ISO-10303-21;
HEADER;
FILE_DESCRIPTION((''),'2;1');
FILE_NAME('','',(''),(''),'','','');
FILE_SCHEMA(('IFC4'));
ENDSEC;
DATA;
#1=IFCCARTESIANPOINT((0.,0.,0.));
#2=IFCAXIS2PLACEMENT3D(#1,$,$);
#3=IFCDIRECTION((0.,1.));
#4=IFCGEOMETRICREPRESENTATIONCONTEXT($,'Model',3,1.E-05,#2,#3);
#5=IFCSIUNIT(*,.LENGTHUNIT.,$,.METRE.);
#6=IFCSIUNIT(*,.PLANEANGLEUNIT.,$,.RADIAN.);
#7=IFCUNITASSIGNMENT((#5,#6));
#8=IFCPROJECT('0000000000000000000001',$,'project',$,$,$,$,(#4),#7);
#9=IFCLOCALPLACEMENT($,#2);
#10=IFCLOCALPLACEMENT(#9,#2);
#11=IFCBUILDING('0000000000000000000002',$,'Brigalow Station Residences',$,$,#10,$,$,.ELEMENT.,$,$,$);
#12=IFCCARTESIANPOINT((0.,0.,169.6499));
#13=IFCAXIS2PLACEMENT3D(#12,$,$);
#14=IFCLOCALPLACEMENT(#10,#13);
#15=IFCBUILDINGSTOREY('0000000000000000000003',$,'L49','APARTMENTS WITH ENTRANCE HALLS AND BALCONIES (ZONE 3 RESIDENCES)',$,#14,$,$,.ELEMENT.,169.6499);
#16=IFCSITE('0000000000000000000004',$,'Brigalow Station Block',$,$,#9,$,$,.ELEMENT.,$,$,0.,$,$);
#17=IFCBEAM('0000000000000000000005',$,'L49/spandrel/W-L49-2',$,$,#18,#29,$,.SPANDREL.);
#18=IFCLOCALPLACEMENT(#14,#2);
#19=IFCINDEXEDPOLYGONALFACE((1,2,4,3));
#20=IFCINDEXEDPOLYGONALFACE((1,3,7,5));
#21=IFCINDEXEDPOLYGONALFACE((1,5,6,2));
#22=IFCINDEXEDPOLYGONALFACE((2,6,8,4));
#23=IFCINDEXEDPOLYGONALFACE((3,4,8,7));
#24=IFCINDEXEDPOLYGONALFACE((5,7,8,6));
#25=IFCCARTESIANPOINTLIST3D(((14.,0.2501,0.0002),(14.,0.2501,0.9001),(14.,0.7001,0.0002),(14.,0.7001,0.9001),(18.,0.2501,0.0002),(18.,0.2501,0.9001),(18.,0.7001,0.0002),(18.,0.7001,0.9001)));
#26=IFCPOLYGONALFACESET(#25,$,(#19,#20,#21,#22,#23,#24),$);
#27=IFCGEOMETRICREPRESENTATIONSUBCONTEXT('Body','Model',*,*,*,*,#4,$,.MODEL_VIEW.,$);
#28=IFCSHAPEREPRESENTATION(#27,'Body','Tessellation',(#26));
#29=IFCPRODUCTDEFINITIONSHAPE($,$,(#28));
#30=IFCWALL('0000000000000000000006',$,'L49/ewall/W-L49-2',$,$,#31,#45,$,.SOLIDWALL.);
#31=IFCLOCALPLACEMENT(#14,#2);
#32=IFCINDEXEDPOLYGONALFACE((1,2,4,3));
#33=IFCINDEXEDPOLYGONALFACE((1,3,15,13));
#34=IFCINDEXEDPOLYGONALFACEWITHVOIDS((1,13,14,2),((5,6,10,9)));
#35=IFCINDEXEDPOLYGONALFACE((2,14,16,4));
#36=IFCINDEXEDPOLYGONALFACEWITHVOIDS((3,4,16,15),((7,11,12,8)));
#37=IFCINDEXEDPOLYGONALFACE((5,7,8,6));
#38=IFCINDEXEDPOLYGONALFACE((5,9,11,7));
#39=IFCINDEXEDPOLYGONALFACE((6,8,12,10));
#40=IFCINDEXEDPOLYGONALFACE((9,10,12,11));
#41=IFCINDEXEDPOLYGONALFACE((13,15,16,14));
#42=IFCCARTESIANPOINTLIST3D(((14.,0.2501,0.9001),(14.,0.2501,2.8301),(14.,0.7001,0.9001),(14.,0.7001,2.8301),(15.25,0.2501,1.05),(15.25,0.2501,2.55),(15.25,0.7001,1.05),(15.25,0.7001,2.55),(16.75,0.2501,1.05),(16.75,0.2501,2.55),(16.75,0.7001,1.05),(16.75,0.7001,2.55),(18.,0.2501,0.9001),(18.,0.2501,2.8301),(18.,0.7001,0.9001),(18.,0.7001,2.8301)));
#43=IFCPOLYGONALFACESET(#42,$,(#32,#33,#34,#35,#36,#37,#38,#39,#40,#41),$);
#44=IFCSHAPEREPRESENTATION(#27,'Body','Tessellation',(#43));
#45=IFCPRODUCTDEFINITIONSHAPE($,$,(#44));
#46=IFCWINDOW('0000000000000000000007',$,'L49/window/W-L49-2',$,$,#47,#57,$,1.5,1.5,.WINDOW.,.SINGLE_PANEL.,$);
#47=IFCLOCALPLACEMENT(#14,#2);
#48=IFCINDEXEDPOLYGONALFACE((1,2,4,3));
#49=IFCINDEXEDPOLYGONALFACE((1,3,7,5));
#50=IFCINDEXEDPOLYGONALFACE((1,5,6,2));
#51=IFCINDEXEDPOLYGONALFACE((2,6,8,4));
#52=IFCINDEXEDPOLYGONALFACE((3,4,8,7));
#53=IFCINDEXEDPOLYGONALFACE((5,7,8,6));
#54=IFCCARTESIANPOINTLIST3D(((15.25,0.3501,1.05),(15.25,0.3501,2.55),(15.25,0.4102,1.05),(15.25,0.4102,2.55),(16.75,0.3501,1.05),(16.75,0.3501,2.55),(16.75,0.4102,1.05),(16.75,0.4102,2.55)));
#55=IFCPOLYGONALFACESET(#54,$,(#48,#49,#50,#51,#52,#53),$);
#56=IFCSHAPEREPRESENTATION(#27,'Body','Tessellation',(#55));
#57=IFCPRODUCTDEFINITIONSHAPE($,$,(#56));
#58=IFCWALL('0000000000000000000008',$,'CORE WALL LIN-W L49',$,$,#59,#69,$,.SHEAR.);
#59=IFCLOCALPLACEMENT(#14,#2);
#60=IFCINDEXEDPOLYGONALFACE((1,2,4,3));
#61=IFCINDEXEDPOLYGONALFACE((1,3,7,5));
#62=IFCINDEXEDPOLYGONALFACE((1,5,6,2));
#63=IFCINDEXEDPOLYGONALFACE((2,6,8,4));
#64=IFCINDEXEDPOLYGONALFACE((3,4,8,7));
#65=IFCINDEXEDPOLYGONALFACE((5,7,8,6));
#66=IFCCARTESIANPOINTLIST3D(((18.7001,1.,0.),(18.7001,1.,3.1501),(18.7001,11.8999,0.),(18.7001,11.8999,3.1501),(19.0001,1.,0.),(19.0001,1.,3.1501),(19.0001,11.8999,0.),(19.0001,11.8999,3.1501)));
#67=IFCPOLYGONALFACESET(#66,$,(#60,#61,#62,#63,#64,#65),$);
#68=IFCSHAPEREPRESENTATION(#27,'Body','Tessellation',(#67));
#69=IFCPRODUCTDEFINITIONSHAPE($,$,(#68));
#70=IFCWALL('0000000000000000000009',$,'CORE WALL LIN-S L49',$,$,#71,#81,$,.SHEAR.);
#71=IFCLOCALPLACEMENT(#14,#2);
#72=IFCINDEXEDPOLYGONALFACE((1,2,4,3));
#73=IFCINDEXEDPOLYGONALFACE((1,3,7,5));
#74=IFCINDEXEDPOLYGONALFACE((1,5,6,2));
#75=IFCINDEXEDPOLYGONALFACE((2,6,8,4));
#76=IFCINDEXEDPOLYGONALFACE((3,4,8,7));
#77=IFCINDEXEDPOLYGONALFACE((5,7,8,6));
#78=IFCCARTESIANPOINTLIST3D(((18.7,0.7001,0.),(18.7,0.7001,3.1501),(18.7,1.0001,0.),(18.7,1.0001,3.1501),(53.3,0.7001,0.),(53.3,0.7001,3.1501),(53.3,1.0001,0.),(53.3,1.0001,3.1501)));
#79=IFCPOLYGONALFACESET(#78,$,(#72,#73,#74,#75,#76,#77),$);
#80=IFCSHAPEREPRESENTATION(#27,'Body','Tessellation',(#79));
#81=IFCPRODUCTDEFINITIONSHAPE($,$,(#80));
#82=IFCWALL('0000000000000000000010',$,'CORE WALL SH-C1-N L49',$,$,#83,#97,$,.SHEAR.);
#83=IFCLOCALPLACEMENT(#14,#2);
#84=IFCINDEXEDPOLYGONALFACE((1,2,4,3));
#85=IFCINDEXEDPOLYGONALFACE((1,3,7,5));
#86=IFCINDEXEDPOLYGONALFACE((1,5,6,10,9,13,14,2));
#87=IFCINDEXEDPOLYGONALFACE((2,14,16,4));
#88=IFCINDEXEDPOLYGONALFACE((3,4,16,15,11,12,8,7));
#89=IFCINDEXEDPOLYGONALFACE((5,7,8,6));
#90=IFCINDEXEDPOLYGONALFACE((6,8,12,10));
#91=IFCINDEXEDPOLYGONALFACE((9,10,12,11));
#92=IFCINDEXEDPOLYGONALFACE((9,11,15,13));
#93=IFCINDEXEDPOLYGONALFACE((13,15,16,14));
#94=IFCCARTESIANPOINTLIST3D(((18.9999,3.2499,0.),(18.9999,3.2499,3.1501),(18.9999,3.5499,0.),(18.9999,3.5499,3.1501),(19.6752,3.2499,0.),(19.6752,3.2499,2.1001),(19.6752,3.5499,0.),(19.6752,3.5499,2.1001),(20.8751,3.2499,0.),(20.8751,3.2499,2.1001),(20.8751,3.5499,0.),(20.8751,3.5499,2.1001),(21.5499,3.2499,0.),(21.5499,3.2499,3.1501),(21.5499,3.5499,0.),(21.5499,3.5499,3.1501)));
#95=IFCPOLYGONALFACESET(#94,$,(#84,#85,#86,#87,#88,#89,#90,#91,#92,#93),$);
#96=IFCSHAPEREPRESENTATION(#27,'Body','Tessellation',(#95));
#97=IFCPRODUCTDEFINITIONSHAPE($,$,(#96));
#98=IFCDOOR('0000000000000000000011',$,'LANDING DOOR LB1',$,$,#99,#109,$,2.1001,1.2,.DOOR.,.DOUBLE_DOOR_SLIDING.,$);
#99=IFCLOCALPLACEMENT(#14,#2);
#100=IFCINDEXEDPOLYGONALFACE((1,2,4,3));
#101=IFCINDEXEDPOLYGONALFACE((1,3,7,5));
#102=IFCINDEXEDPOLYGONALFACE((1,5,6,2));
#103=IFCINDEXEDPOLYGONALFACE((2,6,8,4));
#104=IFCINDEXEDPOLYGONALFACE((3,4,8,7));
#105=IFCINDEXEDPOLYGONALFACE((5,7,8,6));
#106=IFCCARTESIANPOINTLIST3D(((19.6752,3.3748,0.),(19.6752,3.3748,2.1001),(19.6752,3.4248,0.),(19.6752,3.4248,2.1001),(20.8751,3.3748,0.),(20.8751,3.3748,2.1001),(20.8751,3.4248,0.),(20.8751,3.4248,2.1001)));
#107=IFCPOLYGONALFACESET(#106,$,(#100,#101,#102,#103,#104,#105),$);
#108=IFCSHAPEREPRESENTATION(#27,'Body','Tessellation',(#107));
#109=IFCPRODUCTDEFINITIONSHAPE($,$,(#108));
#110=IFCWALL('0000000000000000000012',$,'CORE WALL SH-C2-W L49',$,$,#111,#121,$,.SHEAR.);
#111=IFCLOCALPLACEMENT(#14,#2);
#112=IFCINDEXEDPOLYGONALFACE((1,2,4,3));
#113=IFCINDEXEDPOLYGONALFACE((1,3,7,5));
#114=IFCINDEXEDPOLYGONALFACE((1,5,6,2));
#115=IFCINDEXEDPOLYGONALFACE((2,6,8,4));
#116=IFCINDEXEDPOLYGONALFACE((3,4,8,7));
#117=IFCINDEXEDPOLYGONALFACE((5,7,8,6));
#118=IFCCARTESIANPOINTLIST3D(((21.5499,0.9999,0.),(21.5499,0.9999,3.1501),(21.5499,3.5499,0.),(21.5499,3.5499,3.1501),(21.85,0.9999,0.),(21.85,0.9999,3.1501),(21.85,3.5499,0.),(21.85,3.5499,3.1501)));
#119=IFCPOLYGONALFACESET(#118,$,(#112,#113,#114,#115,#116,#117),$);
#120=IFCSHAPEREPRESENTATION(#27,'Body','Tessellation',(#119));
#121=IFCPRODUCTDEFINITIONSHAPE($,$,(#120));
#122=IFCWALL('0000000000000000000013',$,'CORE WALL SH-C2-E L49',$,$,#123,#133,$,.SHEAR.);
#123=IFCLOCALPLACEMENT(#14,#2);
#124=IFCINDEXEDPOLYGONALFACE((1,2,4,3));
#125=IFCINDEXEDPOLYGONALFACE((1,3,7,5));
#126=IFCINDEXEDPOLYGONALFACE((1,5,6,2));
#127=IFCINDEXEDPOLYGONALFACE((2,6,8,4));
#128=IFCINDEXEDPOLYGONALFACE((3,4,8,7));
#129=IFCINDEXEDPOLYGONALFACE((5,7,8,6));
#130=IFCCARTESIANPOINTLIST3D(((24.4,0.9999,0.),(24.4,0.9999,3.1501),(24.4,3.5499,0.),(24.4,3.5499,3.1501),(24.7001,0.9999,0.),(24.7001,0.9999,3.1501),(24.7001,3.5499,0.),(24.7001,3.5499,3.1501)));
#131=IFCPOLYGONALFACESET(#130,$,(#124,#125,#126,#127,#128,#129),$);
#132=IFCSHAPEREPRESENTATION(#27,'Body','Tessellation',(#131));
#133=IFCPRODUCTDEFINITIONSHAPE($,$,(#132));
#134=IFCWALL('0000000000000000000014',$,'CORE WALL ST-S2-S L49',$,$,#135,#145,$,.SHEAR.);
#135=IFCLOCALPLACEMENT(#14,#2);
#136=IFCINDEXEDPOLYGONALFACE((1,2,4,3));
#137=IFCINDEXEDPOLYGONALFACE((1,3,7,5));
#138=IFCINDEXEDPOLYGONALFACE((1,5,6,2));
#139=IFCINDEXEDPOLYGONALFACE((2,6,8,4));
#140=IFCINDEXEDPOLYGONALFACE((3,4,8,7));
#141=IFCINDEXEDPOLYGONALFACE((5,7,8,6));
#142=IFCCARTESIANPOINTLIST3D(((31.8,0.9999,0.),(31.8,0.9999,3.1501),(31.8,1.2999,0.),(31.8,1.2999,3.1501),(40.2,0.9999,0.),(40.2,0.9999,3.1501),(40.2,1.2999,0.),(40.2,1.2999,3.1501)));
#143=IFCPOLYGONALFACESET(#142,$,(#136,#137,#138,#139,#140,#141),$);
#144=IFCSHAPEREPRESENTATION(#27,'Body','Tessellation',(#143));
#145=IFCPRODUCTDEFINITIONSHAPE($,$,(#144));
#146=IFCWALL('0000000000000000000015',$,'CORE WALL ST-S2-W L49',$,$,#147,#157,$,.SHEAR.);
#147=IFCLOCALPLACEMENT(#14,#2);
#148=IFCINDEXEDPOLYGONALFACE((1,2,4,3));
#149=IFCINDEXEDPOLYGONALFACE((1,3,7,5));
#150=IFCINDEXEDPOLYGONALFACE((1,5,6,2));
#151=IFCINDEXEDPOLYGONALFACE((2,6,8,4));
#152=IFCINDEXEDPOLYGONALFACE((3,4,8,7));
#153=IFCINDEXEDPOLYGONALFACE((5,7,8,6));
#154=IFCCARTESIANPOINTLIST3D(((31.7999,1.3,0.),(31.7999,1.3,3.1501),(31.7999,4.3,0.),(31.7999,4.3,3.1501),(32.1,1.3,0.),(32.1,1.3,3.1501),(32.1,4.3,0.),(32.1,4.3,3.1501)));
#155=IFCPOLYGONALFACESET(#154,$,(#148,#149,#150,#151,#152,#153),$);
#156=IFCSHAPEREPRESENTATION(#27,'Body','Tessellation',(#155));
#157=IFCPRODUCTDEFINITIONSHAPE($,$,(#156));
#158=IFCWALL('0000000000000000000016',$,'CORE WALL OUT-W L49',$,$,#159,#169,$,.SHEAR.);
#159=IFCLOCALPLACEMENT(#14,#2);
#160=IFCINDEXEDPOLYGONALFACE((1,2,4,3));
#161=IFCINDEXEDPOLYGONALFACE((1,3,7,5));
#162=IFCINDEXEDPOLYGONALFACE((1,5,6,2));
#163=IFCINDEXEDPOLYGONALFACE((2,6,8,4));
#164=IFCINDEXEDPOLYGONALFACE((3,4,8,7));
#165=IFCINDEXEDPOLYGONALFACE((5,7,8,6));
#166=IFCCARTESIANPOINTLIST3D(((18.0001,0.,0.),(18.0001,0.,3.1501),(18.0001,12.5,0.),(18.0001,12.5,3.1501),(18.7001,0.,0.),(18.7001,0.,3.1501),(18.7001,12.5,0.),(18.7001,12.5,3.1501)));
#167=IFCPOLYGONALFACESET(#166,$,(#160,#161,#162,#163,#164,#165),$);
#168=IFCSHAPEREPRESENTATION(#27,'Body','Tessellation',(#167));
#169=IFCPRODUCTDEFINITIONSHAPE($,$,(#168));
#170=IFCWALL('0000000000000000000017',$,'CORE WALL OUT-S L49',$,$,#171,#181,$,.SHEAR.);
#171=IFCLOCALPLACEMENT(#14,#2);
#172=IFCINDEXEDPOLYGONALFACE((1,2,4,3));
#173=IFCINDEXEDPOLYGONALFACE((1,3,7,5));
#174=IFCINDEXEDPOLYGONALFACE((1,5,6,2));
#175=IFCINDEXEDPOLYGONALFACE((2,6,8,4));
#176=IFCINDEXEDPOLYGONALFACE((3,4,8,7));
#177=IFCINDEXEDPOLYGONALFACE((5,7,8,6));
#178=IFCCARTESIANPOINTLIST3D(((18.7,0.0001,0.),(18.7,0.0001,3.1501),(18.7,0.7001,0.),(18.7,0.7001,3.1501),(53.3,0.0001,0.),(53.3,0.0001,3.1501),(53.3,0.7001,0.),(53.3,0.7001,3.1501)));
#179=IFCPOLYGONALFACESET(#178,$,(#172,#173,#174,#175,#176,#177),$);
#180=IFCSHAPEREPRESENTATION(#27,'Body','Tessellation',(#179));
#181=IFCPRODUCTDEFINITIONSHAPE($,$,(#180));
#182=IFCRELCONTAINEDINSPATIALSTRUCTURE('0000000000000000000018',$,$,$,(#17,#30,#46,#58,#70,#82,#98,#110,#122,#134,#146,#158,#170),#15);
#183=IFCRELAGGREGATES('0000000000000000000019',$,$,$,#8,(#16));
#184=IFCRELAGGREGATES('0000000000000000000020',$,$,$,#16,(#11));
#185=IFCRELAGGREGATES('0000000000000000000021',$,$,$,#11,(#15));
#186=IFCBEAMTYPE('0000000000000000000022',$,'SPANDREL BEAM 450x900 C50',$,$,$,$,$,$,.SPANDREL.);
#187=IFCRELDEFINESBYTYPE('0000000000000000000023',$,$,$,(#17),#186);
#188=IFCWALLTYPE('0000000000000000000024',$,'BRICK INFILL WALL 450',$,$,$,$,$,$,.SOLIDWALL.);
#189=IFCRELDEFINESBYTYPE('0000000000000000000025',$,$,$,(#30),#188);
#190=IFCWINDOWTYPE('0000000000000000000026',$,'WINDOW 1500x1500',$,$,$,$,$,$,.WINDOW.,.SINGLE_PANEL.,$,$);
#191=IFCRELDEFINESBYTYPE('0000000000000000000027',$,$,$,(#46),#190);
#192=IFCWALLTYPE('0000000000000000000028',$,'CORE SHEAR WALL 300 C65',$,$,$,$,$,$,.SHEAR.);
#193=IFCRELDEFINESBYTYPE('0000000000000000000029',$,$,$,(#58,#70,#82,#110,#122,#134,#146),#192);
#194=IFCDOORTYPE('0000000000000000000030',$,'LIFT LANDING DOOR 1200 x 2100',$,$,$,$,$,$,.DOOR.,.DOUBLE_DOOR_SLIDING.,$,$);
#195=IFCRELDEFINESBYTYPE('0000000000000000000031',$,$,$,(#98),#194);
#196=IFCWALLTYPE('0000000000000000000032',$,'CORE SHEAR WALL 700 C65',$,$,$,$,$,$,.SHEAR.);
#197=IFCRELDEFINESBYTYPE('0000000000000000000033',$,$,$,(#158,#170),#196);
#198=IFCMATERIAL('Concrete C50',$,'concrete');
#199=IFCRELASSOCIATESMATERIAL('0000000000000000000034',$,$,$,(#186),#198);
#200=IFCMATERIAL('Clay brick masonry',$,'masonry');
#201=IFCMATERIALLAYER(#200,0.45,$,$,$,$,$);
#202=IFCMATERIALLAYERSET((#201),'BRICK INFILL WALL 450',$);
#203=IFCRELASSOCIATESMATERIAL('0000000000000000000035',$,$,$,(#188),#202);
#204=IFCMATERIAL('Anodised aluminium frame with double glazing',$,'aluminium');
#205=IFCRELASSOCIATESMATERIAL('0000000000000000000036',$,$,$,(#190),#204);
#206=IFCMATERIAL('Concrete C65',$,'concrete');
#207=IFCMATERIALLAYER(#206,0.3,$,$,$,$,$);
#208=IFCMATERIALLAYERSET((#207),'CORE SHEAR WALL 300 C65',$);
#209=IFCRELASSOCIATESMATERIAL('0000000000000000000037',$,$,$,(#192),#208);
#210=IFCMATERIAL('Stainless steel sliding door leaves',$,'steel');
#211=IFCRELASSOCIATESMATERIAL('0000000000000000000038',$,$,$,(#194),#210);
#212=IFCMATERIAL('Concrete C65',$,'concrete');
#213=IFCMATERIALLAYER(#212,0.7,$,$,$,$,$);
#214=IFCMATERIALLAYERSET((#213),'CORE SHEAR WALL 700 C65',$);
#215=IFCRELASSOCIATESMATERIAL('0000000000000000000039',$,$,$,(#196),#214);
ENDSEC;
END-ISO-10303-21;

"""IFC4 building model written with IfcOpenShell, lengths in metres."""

from ifc_helpers import new_model, si_unit, direction, frame, frame_2d, origin, origin_2d, place, context, subcontext, project, spatial, rectangle, extrude, material, layer, layer_set, material_profile, profile_set, type_object, element, fill, save


model = new_model("IFC4")

# Units and contexts
model_context = context("Model", 3, precision=1e-05, world=origin(), true_north=direction((0.0, 1.0)))
body_context = subcontext(model_context, "Body", "Model", "MODEL_VIEW")
ifc_project = project(units=[si_unit("LENGTHUNIT", "METRE"), si_unit("PLANEANGLEUNIT", "RADIAN")], contexts=[model_context])

# Site, building, storey
site_placement = place(None, origin())
site = spatial("IfcSite", under=ifc_project, at=site_placement, Name="Brigalow Station Block", CompositionType="ELEMENT", RefElevation=0.0)
building_placement = place(site_placement, origin())
building = spatial("IfcBuilding", under=site, at=building_placement, Name="Brigalow Station Residences", CompositionType="ELEMENT")
storey_placement = place(building_placement, frame((0.0, 0.0, 169.6499)))
storey = spatial("IfcBuildingStorey", under=building, at=storey_placement, Name="L49", Description="APARTMENTS WITH ENTRANCE HALLS AND BALCONIES (ZONE 3 RESIDENCES)", CompositionType="ELEMENT", Elevation=169.6499)

# Beam
ifc_material_1 = material(Name="Concrete C50", Category="concrete")
ifc_material_profile = material_profile(ifc_material_1, rectangle(XDim=0.45, YDim=0.8999, at=origin_2d()), Name="RC450x900")
ifc_profile_set = profile_set([ifc_material_profile], Name="Concrete C50")
beam_type = type_object("IfcBeamType", Name="SPANDREL BEAM 450x900 C50", PredefinedType="SPANDREL", material=ifc_profile_set)
beam_placement = place(storey_placement, frame((14.0, 0.4751, 0.4502), z_axis=(1.0, 0.0, 0.0), x_axis=(0.0, 1.0, 0.0)))
element("IfcBeam", 1, at=beam_placement, inside=storey, type_object=beam_type, Name="L49/spandrel/W-L49-2", PredefinedType="SPANDREL", context=body_context, shape_type="SweptSolid", body=[
    extrude(rectangle(XDim=0.45, YDim=0.8999, at=origin_2d()), origin(), (0.0, 0.0, 1.0), 4.0),
])

# Wall, opening, window
ifc_material_2 = material(Name="Clay brick masonry", Category="masonry")
ifc_layer_1 = layer(ifc_material_2, 0.45)
ifc_layer_set_1 = layer_set([ifc_layer_1], Name="BRICK INFILL WALL 450")
wall_type_1 = type_object("IfcWallType", Name="BRICK INFILL WALL 450", PredefinedType="SOLIDWALL", material=ifc_layer_set_1)
wall_1_placement = place(storey_placement, frame((14.0, 0.4751, 0.9001), z_axis=(0.0, 0.0, 1.0), x_axis=(1.0, 0.0, 0.0)))
wall_1 = element("IfcWall", 2, at=wall_1_placement, inside=storey, type_object=wall_type_1, Name="L49/ewall/W-L49-2", PredefinedType="SOLIDWALL", context=body_context, shape_type="SweptSolid", body=[
    extrude(rectangle(XDim=4.0, YDim=0.45, at=frame_2d((2.0, 0.0))), origin(), (0.0, 0.0, 1.0), 1.9299),
])
opening_1_placement = place(wall_1_placement, frame((1.25, 0.0, 0.1499)))
opening_1 = element("IfcOpeningElement", 3, at=opening_1_placement, cuts=wall_1, PredefinedType="OPENING", context=body_context, shape_type="SweptSolid", body=[
    extrude(rectangle(XDim=1.5, YDim=1.5, at=frame_2d((0.75, 0.75))), frame((0.0, 0.2349, 0.0), z_axis=(0.0, -1.0, 0.0), x_axis=(1.0, 0.0, 0.0)), (0.0, 0.0, 1.0), 0.47),
])
ifc_material_3 = material(Name="Anodised aluminium frame with double glazing", Category="aluminium")
window_type = type_object("IfcWindowType", Name="WINDOW 1500x1500", PartitioningType="SINGLE_PANEL", PredefinedType="WINDOW", material=ifc_material_3)
window_placement = place(opening_1_placement, origin())
window = element("IfcWindow", 4, at=window_placement, inside=storey, type_object=window_type, Name="L49/window/W-L49-2", OverallHeight=1.5, OverallWidth=1.5, PartitioningType="SINGLE_PANEL", PredefinedType="WINDOW", context=body_context, shape_type="SweptSolid", body=[
    extrude(rectangle(XDim=1.5, YDim=1.5, at=frame_2d((0.75, 0.75))), frame((0.0, -0.0649, 0.0), z_axis=(0.0, -1.0, 0.0), x_axis=(1.0, 0.0, 0.0)), (0.0, 0.0, 1.0), 0.0601),
])
fill(opening_1, window)

# Walls
ifc_material_4 = material(Name="Concrete C65", Category="concrete")
ifc_layer_2 = layer(ifc_material_4, 0.3)
ifc_layer_set_2 = layer_set([ifc_layer_2], Name="CORE SHEAR WALL 300 C65")
wall_type_2 = type_object("IfcWallType", Name="CORE SHEAR WALL 300 C65", PredefinedType="SHEAR", material=ifc_layer_set_2)
wall_2_placement = place(storey_placement, frame((18.8501, 1.0, 0.0), z_axis=(0.0, 0.0, 1.0), x_axis=(0.0, 1.0, 0.0)))
element("IfcWall", 5, at=wall_2_placement, inside=storey, type_object=wall_type_2, Name="CORE WALL LIN-W L49", PredefinedType="SHEAR", context=body_context, shape_type="SweptSolid", body=[
    extrude(rectangle(XDim=10.8999, YDim=0.3, at=frame_2d((5.45, 0.0))), origin(), (0.0, 0.0, 1.0), 3.1501),
])
wall_3_placement = place(storey_placement, frame((18.7, 0.8501, 0.0), z_axis=(0.0, 0.0, 1.0), x_axis=(1.0, 0.0, 0.0)))
element("IfcWall", 6, at=wall_3_placement, inside=storey, type_object=wall_type_2, Name="CORE WALL LIN-S L49", PredefinedType="SHEAR", context=body_context, shape_type="SweptSolid", body=[
    extrude(rectangle(XDim=34.6001, YDim=0.3, at=frame_2d((17.3, 0.0))), origin(), (0.0, 0.0, 1.0), 3.1501),
])

# Wall, opening, door
wall_4_placement = place(storey_placement, frame((19.0, 3.3999, 0.0), z_axis=(0.0, 0.0, 1.0), x_axis=(1.0, 0.0, 0.0)))
wall_4 = element("IfcWall", 7, at=wall_4_placement, inside=storey, type_object=wall_type_2, Name="CORE WALL SH-C1-N L49", PredefinedType="SHEAR", context=body_context, shape_type="SweptSolid", body=[
    extrude(rectangle(XDim=2.55, YDim=0.3, at=frame_2d((1.2749, 0.0))), origin(), (0.0, 0.0, 1.0), 3.1501),
])
opening_2_placement = place(wall_4_placement, frame((0.675, 0.0, 0.0)))
opening_2 = element("IfcOpeningElement", 8, at=opening_2_placement, cuts=wall_4, PredefinedType="OPENING", context=body_context, shape_type="SweptSolid", body=[
    extrude(rectangle(XDim=1.2, YDim=2.1001, at=frame_2d((0.6001, 1.05))), frame((0.0, 0.1602, 0.0), z_axis=(0.0, -1.0, 0.0), x_axis=(1.0, 0.0, 0.0)), (0.0, 0.0, 1.0), 0.3201),
])
ifc_material_5 = material(Name="Stainless steel sliding door leaves", Category="steel")
door_type = type_object("IfcDoorType", Name="LIFT LANDING DOOR 1200 x 2100", OperationType="DOUBLE_DOOR_SLIDING", PredefinedType="DOOR", material=ifc_material_5)
door_placement = place(opening_2_placement, origin())
door = element("IfcDoor", 9, at=door_placement, inside=storey, type_object=door_type, Name="LANDING DOOR LB1", OperationType="DOUBLE_DOOR_SLIDING", OverallHeight=2.1001, OverallWidth=1.2, PredefinedType="DOOR", context=body_context, shape_type="SweptSolid", body=[
    extrude(rectangle(XDim=1.2, YDim=2.1001, at=frame_2d((0.6001, 1.05))), frame((0.0, 0.0249, 0.0), z_axis=(0.0, -1.0, 0.0), x_axis=(1.0, 0.0, 0.0)), (0.0, 0.0, 1.0), 0.05),
])
fill(opening_2, door)

# Walls
for number, where, z_axis, x_axis, name in (
    (10, (21.7, 1.0, 0.0), (0.0, 0.0, 1.0), (0.0, 1.0, 0.0), "CORE WALL SH-C2-W L49"),
    (11, (24.55, 1.0, 0.0), (0.0, 0.0, 1.0), (0.0, 1.0, 0.0), "CORE WALL SH-C2-E L49"),
):
    element("IfcWall", number, at=place(storey_placement, frame(where, z_axis=z_axis, x_axis=x_axis)), inside=storey, type_object=wall_type_2, Name=name, PredefinedType="SHEAR", context=body_context, shape_type="SweptSolid", body=[
        extrude(rectangle(XDim=2.55, YDim=0.3, at=frame_2d((1.2749, 0.0))), origin(), (0.0, 0.0, 1.0), 3.1501),
    ])
wall_5_placement = place(storey_placement, frame((31.8, 1.1499, 0.0), z_axis=(0.0, 0.0, 1.0), x_axis=(1.0, 0.0, 0.0)))
element("IfcWall", 12, at=wall_5_placement, inside=storey, type_object=wall_type_2, Name="CORE WALL ST-S2-S L49", PredefinedType="SHEAR", context=body_context, shape_type="SweptSolid", body=[
    extrude(rectangle(XDim=8.3999, YDim=0.3, at=frame_2d((4.2, 0.0))), origin(), (0.0, 0.0, 1.0), 3.1501),
])
wall_6_placement = place(storey_placement, frame((31.95, 1.3, 0.0), z_axis=(0.0, 0.0, 1.0), x_axis=(0.0, 1.0, 0.0)))
element("IfcWall", 13, at=wall_6_placement, inside=storey, type_object=wall_type_2, Name="CORE WALL ST-S2-W L49", PredefinedType="SHEAR", context=body_context, shape_type="SweptSolid", body=[
    extrude(rectangle(XDim=3.0, YDim=0.3, at=frame_2d((1.5, 0.0))), origin(), (0.0, 0.0, 1.0), 3.1501),
])
ifc_material_6 = material(Name="Concrete C65", Category="concrete")
ifc_layer_3 = layer(ifc_material_6, 0.7)
ifc_layer_set_3 = layer_set([ifc_layer_3], Name="CORE SHEAR WALL 700 C65")
wall_type_3 = type_object("IfcWallType", Name="CORE SHEAR WALL 700 C65", PredefinedType="SHEAR", material=ifc_layer_set_3)
wall_7_placement = place(storey_placement, frame((18.3501, 0.0, 0.0), z_axis=(0.0, 0.0, 1.0), x_axis=(0.0, 1.0, 0.0)))
element("IfcWall", 14, at=wall_7_placement, inside=storey, type_object=wall_type_3, Name="CORE WALL OUT-W L49", PredefinedType="SHEAR", context=body_context, shape_type="SweptSolid", body=[
    extrude(rectangle(XDim=12.5, YDim=0.7, at=frame_2d((6.25, 0.0))), origin(), (0.0, 0.0, 1.0), 3.1501),
])
wall_8_placement = place(storey_placement, frame((18.7, 0.3501, 0.0), z_axis=(0.0, 0.0, 1.0), x_axis=(1.0, 0.0, 0.0)))
element("IfcWall", 15, at=wall_8_placement, inside=storey, type_object=wall_type_3, Name="CORE WALL OUT-S L49", PredefinedType="SHEAR", context=body_context, shape_type="SweptSolid", body=[
    extrude(rectangle(XDim=34.6001, YDim=0.7, at=frame_2d((17.3, 0.0))), origin(), (0.0, 0.0, 1.0), 3.1501),
])

save(model, "model.ifc")
